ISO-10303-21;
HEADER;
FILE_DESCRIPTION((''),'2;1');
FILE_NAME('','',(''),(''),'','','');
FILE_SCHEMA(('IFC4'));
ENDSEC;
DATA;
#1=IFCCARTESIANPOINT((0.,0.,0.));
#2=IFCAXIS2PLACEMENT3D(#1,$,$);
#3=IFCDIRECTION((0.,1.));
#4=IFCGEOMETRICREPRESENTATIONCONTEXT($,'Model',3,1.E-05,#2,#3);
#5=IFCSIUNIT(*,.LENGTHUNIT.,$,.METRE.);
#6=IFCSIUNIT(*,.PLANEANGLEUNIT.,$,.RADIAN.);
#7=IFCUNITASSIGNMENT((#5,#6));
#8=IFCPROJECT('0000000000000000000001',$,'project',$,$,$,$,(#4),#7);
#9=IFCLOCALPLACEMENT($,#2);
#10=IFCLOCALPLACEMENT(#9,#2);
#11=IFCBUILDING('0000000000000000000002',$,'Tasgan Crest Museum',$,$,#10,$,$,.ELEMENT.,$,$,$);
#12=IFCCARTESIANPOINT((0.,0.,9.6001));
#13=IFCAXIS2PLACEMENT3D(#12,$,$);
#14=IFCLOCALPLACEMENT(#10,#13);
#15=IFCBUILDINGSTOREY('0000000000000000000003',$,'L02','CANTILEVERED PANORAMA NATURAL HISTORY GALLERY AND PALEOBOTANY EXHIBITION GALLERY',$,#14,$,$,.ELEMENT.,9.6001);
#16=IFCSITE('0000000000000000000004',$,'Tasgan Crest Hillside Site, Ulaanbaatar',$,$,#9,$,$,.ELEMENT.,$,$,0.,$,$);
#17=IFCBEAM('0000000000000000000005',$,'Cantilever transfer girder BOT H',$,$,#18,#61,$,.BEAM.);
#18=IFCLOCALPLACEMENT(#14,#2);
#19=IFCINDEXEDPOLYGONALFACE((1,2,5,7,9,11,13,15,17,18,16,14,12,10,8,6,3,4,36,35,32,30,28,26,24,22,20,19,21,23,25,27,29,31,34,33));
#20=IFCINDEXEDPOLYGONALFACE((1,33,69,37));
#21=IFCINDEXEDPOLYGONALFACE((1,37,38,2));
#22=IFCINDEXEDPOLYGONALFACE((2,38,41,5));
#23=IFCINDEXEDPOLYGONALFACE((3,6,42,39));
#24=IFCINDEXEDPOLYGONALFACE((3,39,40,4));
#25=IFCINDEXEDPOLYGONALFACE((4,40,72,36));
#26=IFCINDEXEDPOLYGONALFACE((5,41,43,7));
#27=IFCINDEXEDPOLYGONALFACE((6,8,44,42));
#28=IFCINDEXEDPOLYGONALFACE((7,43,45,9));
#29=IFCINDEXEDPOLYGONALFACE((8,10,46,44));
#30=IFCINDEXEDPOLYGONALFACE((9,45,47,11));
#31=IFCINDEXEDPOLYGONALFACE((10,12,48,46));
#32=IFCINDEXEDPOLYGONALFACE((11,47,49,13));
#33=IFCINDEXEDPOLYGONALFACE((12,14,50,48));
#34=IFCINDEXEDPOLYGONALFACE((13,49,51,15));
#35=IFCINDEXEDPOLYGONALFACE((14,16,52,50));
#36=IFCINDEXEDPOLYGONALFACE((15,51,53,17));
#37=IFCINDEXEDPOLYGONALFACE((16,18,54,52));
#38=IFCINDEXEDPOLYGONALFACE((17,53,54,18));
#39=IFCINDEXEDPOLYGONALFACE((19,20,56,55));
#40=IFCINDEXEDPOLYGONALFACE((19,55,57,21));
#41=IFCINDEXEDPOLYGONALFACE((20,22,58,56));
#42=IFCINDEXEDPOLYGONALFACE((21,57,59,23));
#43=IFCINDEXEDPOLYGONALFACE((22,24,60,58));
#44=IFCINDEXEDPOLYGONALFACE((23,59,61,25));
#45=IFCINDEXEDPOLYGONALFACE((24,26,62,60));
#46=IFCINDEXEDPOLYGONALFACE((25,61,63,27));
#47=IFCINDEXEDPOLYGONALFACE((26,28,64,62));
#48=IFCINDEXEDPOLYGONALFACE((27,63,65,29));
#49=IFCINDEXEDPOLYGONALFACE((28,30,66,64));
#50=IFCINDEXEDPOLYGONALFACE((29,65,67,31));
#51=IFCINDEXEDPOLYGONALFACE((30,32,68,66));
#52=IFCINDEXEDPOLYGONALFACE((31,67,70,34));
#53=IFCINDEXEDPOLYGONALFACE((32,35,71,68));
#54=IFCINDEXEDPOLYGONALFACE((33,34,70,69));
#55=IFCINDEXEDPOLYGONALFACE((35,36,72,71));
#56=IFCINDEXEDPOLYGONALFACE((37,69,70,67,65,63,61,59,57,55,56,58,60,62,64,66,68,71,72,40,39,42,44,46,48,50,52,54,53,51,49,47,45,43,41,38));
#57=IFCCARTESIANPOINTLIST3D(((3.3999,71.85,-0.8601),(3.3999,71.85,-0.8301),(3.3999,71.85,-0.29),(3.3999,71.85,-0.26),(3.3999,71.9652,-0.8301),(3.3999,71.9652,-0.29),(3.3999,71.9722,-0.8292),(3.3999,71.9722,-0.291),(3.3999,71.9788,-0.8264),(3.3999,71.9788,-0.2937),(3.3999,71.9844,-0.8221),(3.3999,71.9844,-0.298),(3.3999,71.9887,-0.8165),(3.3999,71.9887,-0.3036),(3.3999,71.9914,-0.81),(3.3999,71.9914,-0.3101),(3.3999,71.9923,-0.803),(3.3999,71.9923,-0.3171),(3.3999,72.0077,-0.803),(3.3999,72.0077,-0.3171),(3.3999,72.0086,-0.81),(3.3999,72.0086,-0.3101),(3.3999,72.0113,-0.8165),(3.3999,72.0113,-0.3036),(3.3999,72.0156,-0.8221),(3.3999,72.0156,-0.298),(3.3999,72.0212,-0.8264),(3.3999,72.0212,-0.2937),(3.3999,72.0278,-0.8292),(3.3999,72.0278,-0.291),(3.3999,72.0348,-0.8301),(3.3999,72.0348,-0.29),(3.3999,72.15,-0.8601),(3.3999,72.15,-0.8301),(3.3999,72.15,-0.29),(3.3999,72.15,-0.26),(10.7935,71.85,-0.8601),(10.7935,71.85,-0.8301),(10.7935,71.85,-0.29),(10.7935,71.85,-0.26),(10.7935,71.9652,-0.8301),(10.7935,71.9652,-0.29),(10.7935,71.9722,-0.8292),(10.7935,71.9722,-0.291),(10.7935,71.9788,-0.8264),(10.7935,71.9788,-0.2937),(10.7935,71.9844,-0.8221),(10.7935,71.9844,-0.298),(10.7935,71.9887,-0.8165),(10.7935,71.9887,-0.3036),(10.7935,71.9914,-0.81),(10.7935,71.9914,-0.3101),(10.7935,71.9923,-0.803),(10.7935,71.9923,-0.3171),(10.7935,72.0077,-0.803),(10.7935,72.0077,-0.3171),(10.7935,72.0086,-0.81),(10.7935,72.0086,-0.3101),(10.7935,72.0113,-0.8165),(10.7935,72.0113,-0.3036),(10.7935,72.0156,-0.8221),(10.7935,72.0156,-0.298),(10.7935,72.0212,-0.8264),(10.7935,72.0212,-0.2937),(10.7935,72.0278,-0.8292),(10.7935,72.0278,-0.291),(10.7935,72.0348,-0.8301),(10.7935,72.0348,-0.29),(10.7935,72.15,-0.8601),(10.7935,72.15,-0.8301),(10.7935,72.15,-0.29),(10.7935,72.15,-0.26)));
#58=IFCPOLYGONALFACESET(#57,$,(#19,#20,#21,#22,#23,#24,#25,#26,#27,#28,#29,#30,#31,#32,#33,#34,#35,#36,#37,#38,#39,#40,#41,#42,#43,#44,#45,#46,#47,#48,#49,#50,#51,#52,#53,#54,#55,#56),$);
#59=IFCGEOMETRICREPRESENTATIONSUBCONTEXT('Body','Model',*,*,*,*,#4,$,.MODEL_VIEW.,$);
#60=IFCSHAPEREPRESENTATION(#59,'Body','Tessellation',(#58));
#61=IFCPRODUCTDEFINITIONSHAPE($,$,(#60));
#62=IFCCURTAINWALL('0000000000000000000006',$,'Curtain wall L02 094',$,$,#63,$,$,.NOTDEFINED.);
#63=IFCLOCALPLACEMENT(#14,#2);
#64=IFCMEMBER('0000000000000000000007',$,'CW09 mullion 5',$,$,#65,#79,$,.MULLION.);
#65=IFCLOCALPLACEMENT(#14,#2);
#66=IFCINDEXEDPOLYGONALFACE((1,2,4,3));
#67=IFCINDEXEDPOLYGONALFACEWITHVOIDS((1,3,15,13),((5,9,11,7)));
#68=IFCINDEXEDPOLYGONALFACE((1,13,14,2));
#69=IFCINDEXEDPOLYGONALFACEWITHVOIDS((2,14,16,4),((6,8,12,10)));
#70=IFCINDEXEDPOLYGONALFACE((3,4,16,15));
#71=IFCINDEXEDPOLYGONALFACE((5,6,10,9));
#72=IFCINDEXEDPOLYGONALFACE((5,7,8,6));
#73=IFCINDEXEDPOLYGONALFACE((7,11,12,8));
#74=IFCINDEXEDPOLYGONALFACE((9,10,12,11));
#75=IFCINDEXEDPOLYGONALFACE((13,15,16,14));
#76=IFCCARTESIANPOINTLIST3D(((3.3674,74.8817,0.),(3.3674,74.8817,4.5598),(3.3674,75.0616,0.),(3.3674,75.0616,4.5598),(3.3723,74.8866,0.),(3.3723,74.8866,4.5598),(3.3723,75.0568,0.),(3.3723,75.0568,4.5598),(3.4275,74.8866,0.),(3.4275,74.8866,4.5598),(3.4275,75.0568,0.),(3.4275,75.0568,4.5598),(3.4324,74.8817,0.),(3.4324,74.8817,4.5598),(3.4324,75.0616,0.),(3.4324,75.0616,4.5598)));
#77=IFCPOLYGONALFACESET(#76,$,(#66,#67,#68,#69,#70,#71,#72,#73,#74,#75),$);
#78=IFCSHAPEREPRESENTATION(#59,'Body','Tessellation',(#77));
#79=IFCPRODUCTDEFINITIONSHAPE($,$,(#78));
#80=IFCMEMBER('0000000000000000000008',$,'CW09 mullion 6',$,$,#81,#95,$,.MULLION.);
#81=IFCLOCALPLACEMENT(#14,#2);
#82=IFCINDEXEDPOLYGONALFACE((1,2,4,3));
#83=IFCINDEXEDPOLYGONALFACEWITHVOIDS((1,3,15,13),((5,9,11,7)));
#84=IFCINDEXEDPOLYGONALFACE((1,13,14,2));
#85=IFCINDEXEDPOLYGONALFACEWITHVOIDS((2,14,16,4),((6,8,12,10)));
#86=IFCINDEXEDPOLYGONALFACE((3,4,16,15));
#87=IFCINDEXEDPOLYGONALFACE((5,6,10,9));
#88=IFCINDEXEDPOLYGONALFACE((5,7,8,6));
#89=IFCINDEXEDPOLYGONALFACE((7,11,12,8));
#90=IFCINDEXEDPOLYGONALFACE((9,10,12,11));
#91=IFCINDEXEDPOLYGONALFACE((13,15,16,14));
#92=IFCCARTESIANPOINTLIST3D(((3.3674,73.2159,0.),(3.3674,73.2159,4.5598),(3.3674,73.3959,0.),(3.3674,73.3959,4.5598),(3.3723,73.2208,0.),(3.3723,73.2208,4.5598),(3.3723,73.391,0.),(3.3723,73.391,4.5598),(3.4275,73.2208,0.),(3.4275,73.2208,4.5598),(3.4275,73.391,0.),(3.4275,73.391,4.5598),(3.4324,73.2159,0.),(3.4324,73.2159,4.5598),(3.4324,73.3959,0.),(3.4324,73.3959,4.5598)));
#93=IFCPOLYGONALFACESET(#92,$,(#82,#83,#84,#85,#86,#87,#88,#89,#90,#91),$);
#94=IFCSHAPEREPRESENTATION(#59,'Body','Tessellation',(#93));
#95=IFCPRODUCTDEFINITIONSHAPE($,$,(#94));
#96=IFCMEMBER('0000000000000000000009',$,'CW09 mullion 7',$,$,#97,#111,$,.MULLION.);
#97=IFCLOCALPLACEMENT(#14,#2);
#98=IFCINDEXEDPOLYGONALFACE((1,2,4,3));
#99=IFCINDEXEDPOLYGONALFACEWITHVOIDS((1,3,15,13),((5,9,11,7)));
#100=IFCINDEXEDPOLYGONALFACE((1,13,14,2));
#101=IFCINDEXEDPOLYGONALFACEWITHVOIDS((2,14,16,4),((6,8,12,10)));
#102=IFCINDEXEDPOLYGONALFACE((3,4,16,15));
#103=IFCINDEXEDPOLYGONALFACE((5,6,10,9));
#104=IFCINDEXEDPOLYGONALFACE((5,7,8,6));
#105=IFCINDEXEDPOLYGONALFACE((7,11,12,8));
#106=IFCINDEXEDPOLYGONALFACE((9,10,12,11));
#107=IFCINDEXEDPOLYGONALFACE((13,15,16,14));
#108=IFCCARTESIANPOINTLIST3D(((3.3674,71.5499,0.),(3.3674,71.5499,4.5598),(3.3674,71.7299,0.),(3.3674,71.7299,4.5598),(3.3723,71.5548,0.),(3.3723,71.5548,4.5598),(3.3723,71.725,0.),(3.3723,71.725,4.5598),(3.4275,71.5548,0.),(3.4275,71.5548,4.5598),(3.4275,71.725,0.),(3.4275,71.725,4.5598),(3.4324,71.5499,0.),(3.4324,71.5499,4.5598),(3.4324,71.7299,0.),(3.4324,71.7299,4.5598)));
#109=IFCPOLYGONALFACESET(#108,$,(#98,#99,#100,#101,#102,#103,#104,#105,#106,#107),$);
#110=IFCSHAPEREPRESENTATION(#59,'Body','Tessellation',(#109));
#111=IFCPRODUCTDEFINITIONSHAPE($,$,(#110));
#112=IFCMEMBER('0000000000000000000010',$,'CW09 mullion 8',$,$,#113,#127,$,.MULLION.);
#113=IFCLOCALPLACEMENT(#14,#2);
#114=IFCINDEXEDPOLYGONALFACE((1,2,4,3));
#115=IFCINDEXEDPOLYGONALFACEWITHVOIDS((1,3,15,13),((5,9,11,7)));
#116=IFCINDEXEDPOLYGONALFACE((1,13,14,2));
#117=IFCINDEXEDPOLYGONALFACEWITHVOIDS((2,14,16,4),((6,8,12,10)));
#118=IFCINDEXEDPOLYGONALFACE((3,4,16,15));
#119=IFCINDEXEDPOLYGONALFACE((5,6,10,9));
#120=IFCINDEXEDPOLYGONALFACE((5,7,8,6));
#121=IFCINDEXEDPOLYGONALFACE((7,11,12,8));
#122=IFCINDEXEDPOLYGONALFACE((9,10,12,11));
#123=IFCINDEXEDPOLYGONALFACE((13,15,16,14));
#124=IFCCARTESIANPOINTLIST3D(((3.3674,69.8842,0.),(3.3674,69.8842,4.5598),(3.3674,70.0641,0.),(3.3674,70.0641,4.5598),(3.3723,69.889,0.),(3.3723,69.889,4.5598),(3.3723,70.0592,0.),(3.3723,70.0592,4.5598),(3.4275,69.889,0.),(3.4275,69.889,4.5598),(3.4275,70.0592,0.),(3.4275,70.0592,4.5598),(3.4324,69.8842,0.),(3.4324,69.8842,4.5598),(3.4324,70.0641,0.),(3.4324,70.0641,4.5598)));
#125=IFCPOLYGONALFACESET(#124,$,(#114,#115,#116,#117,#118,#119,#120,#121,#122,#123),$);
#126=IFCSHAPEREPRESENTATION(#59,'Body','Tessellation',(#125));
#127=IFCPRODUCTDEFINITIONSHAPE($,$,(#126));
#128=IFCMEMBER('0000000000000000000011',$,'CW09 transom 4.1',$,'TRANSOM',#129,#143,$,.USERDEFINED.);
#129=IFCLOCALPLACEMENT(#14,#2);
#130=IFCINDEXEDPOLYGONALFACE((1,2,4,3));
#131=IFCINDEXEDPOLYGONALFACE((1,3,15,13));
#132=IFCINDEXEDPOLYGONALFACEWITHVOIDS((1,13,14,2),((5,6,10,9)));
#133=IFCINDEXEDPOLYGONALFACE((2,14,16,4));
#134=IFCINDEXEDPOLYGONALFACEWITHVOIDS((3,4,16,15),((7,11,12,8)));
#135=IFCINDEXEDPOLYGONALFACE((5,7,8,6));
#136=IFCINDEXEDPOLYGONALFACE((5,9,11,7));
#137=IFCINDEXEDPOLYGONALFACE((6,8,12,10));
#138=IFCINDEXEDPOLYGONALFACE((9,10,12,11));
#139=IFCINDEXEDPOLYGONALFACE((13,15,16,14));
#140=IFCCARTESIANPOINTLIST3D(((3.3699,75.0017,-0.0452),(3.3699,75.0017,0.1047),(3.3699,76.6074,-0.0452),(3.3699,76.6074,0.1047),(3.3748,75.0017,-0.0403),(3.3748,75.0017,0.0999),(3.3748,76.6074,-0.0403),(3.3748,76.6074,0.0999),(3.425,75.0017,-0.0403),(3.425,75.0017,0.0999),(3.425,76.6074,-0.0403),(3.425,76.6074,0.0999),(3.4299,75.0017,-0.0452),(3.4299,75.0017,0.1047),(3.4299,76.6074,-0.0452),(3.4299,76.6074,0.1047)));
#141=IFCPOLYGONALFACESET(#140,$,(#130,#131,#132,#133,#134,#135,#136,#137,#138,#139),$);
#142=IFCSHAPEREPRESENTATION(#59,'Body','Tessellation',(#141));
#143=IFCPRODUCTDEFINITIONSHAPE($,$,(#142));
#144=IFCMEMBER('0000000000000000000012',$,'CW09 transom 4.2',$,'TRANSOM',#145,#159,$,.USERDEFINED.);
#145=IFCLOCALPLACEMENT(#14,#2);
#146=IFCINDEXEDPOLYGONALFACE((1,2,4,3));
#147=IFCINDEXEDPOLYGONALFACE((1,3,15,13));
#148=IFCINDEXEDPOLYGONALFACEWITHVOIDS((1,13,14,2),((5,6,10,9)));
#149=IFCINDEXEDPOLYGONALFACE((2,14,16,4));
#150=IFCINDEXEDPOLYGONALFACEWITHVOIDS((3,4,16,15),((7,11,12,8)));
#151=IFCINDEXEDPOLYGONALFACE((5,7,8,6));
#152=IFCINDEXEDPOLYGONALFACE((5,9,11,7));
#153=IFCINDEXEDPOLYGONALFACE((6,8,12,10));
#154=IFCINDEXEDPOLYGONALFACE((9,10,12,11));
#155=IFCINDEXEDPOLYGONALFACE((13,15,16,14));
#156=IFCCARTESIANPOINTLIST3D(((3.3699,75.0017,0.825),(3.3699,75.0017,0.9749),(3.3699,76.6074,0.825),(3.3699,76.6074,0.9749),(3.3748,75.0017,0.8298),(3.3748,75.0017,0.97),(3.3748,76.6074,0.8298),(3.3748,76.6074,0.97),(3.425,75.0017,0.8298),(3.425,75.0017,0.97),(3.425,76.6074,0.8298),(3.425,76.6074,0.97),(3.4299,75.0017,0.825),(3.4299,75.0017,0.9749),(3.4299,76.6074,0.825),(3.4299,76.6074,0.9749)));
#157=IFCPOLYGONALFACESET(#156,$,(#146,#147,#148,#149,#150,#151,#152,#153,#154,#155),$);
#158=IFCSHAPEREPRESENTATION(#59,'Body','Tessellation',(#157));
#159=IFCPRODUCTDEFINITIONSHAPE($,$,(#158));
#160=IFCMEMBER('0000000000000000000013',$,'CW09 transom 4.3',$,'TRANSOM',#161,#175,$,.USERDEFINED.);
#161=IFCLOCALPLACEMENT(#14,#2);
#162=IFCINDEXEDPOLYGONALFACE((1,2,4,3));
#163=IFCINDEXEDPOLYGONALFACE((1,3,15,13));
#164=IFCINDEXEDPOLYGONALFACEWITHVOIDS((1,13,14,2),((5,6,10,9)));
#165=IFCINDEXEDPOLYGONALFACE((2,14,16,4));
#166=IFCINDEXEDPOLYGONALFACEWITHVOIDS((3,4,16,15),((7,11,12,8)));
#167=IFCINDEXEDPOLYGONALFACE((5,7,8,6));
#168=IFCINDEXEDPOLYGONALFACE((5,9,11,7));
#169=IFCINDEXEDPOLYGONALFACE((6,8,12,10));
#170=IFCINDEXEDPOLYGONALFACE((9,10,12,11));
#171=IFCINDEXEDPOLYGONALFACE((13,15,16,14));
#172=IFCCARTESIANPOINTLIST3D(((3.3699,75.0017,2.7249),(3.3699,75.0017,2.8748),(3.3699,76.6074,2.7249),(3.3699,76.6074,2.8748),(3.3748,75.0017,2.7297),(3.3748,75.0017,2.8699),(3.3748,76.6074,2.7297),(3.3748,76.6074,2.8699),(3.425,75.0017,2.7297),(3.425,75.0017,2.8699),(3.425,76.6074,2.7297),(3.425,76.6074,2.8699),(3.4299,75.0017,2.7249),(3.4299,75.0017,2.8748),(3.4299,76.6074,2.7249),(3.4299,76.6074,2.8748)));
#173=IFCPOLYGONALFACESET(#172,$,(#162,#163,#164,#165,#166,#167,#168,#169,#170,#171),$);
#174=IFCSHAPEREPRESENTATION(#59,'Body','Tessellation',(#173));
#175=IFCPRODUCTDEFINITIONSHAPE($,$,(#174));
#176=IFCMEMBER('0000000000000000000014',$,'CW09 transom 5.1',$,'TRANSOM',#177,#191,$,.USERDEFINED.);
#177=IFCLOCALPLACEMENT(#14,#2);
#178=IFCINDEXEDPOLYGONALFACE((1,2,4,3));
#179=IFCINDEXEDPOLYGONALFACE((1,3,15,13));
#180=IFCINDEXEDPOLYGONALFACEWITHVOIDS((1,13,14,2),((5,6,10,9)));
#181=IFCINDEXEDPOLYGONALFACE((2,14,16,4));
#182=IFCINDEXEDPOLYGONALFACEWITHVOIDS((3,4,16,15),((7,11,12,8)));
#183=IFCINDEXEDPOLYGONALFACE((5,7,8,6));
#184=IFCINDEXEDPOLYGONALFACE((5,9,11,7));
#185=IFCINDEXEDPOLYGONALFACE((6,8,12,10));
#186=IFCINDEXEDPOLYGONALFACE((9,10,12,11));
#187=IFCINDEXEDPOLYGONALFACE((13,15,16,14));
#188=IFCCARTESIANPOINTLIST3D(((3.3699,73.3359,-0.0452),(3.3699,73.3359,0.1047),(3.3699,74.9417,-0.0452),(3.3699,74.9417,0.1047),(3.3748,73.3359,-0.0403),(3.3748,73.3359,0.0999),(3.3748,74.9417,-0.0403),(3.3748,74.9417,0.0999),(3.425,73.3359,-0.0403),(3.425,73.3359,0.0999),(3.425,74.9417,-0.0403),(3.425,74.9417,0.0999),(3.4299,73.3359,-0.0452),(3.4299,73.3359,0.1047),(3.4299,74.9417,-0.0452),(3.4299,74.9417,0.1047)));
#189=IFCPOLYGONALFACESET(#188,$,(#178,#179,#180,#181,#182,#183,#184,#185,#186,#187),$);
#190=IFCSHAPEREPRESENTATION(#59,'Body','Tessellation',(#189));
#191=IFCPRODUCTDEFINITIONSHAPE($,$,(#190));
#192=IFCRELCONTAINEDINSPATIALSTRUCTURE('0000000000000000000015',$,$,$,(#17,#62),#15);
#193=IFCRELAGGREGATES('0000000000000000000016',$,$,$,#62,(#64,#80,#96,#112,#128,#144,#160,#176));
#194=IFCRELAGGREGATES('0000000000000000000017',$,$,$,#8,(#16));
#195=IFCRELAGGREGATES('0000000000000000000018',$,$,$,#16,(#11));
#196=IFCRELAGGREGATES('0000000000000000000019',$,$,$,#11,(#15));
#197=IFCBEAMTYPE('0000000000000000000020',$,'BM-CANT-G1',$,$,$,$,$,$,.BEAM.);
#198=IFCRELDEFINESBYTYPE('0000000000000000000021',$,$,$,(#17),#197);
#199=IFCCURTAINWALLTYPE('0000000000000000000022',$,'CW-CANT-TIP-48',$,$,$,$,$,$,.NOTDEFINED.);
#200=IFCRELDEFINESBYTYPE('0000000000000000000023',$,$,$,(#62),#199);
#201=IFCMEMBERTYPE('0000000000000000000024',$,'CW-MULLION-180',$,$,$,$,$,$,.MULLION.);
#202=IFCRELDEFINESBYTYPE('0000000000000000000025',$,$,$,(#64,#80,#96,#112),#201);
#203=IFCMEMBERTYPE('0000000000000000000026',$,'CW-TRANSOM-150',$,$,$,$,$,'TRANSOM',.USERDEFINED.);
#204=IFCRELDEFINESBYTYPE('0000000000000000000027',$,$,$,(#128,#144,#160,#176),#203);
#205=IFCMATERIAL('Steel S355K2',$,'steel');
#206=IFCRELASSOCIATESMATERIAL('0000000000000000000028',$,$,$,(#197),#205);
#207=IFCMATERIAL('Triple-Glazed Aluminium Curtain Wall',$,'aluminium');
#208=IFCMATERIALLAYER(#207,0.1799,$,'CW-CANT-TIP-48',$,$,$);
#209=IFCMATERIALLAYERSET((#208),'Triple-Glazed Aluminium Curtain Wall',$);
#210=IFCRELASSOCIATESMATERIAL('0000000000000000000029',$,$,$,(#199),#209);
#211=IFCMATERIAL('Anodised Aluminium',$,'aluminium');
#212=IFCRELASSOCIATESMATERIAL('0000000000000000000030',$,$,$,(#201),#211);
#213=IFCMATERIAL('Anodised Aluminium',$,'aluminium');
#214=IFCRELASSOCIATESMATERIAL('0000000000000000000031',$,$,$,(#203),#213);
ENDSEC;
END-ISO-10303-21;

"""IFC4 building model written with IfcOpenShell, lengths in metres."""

from ifc_helpers import new_model, si_unit, direction, frame, origin, origin_2d, place, context, subcontext, project, spatial, hollow_rectangle, i_section, extrude, material, layer, layer_set, material_profile, profile_set, type_object, element, aggregate, save


model = new_model("IFC4")

# Units and contexts
model_context = context("Model", 3, precision=1e-05, world=origin(), true_north=direction((0.0, 1.0)))
body_context = subcontext(model_context, "Body", "Model", "MODEL_VIEW")
ifc_project = project(units=[si_unit("LENGTHUNIT", "METRE"), si_unit("PLANEANGLEUNIT", "RADIAN")], contexts=[model_context])

# Site, building, storey
site_placement = place(None, origin())
site = spatial("IfcSite", under=ifc_project, at=site_placement, Name="Tasgan Crest Hillside Site, Ulaanbaatar", CompositionType="ELEMENT", RefElevation=0.0)
building_placement = place(site_placement, origin())
building = spatial("IfcBuilding", under=site, at=building_placement, Name="Tasgan Crest Museum", CompositionType="ELEMENT")
storey_placement = place(building_placement, frame((0.0, 0.0, 9.6001)))
storey = spatial("IfcBuildingStorey", under=building, at=storey_placement, Name="L02", Description="CANTILEVERED PANORAMA NATURAL HISTORY GALLERY AND PALEOBOTANY EXHIBITION GALLERY", CompositionType="ELEMENT", Elevation=9.6001)

# Beam
ifc_material_1 = material(Name="Steel S355K2", Category="steel")
ifc_material_profile_1 = material_profile(ifc_material_1, i_section(OverallWidth=0.3, OverallDepth=0.6001, WebThickness=0.0154, FlangeThickness=0.03, FilletRadius=0.0271, at=origin_2d()), Name="HEB 600")
ifc_profile_set_1 = profile_set([ifc_material_profile_1], Name="Steel S355K2")
beam_type = type_object("IfcBeamType", Name="BM-CANT-G1", PredefinedType="BEAM", material=ifc_profile_set_1)
beam_placement = place(storey_placement, frame((3.3999, 72.0, -0.5601), z_axis=(1.0, 0.0, 0.0), x_axis=(0.0, 1.0, 0.0)))
element("IfcBeam", 1, at=beam_placement, inside=storey, type_object=beam_type, Name="Cantilever transfer girder BOT H", PredefinedType="BEAM", context=body_context, shape_type="SweptSolid", body=[
    extrude(i_section(OverallWidth=0.3, OverallDepth=0.6001, WebThickness=0.0154, FlangeThickness=0.03, FilletRadius=0.0271, at=origin_2d()), origin(), (0.0, 0.0, 1.0), 7.3936),
])

# Curtain wall, members
ifc_material_2 = material(Name="Triple-Glazed Aluminium Curtain Wall", Category="aluminium")
ifc_layer_1 = layer(ifc_material_2, 0.1799, Name="CW-CANT-TIP-48")
ifc_layer_set_1 = layer_set([ifc_layer_1], Name="Triple-Glazed Aluminium Curtain Wall")
curtain_wall_type = type_object("IfcCurtainWallType", Name="CW-CANT-TIP-48", PredefinedType="NOTDEFINED", material=ifc_layer_set_1)
curtain_wall_placement = place(storey_placement, origin())
curtain_wall = element("IfcCurtainWall", 2, at=curtain_wall_placement, inside=storey, type_object=curtain_wall_type, Name="Curtain wall L02 094", PredefinedType="NOTDEFINED")
ifc_material_3 = material(Name="Anodised Aluminium", Category="aluminium")
ifc_material_profile_2 = material_profile(ifc_material_3, hollow_rectangle(XDim=0.0649, YDim=0.1799, WallThickness=0.0049, at=origin_2d()), Name="ALU MULLION 180x65x5")
ifc_profile_set_2 = profile_set([ifc_material_profile_2], Name="Anodised Aluminium")
member_type_1 = type_object("IfcMemberType", Name="CW-MULLION-180", PredefinedType="MULLION", material=ifc_profile_set_2)
member_1_placement = place(storey_placement, frame((3.3999, 74.9717, 0.0), z_axis=(0.0, 0.0, 1.0), x_axis=(1.0, 0.0, 0.0)))
member_1 = element("IfcMember", 3, at=member_1_placement, type_object=member_type_1, Name="CW09 mullion 5", PredefinedType="MULLION", context=body_context, shape_type="SweptSolid", body=[
    extrude(hollow_rectangle(XDim=0.0649, YDim=0.1799, WallThickness=0.0049, at=origin_2d()), origin(), (0.0, 0.0, 1.0), 4.5598),
])
member_2_placement = place(storey_placement, frame((3.3999, 73.3059, 0.0), z_axis=(0.0, 0.0, 1.0), x_axis=(1.0, 0.0, 0.0)))
member_2 = element("IfcMember", 4, at=member_2_placement, type_object=member_type_1, Name="CW09 mullion 6", PredefinedType="MULLION", context=body_context, shape_type="SweptSolid", body=[
    extrude(hollow_rectangle(XDim=0.0649, YDim=0.1799, WallThickness=0.0049, at=origin_2d()), origin(), (0.0, 0.0, 1.0), 4.5598),
])
member_3_placement = place(storey_placement, frame((3.3999, 71.6399, 0.0), z_axis=(0.0, 0.0, 1.0), x_axis=(1.0, 0.0, 0.0)))
member_3 = element("IfcMember", 5, at=member_3_placement, type_object=member_type_1, Name="CW09 mullion 7", PredefinedType="MULLION", context=body_context, shape_type="SweptSolid", body=[
    extrude(hollow_rectangle(XDim=0.0649, YDim=0.1799, WallThickness=0.0049, at=origin_2d()), origin(), (0.0, 0.0, 1.0), 4.5598),
])
member_4_placement = place(storey_placement, frame((3.3999, 69.9741, 0.0), z_axis=(0.0, 0.0, 1.0), x_axis=(1.0, 0.0, 0.0)))
member_4 = element("IfcMember", 6, at=member_4_placement, type_object=member_type_1, Name="CW09 mullion 8", PredefinedType="MULLION", context=body_context, shape_type="SweptSolid", body=[
    extrude(hollow_rectangle(XDim=0.0649, YDim=0.1799, WallThickness=0.0049, at=origin_2d()), origin(), (0.0, 0.0, 1.0), 4.5598),
])
ifc_material_4 = material(Name="Anodised Aluminium", Category="aluminium")
ifc_material_profile_3 = material_profile(ifc_material_4, hollow_rectangle(XDim=0.0601, YDim=0.1499, WallThickness=0.0049, at=origin_2d()), Name="ALU TRANSOM 150x60x5")
ifc_profile_set_3 = profile_set([ifc_material_profile_3], Name="Anodised Aluminium")
member_type_2 = type_object("IfcMemberType", Name="CW-TRANSOM-150", ElementType="TRANSOM", PredefinedType="USERDEFINED", material=ifc_profile_set_3)
member_5_placement = place(storey_placement, frame((3.3999, 76.6074, 0.0298), z_axis=(0.0, -1.0, 0.0), x_axis=(1.0, 0.0, 0.0)))
member_5 = element("IfcMember", 7, at=member_5_placement, type_object=member_type_2, Name="CW09 transom 4.1", ObjectType="TRANSOM", PredefinedType="USERDEFINED", context=body_context, shape_type="SweptSolid", body=[
    extrude(hollow_rectangle(XDim=0.0601, YDim=0.1499, WallThickness=0.0049, at=origin_2d()), origin(), (0.0, 0.0, 1.0), 1.6057),
])
member_6_placement = place(storey_placement, frame((3.3999, 76.6074, 0.8999), z_axis=(0.0, -1.0, 0.0), x_axis=(1.0, 0.0, 0.0)))
member_6 = element("IfcMember", 8, at=member_6_placement, type_object=member_type_2, Name="CW09 transom 4.2", ObjectType="TRANSOM", PredefinedType="USERDEFINED", context=body_context, shape_type="SweptSolid", body=[
    extrude(hollow_rectangle(XDim=0.0601, YDim=0.1499, WallThickness=0.0049, at=origin_2d()), origin(), (0.0, 0.0, 1.0), 1.6057),
])
member_7_placement = place(storey_placement, frame((3.3999, 76.6074, 2.7998), z_axis=(0.0, -1.0, 0.0), x_axis=(1.0, 0.0, 0.0)))
member_7 = element("IfcMember", 9, at=member_7_placement, type_object=member_type_2, Name="CW09 transom 4.3", ObjectType="TRANSOM", PredefinedType="USERDEFINED", context=body_context, shape_type="SweptSolid", body=[
    extrude(hollow_rectangle(XDim=0.0601, YDim=0.1499, WallThickness=0.0049, at=origin_2d()), origin(), (0.0, 0.0, 1.0), 1.6057),
])
member_8_placement = place(storey_placement, frame((3.3999, 74.9417, 0.0298), z_axis=(0.0, -1.0, 0.0), x_axis=(1.0, 0.0, 0.0)))
member_8 = element("IfcMember", 10, at=member_8_placement, type_object=member_type_2, Name="CW09 transom 5.1", ObjectType="TRANSOM", PredefinedType="USERDEFINED", context=body_context, shape_type="SweptSolid", body=[
    extrude(hollow_rectangle(XDim=0.0601, YDim=0.1499, WallThickness=0.0049, at=origin_2d()), origin(), (0.0, 0.0, 1.0), 1.6057),
])
aggregate(curtain_wall, [member_1, member_2, member_3, member_4, member_5, member_6, member_7, member_8])

save(model, "model.ifc")
